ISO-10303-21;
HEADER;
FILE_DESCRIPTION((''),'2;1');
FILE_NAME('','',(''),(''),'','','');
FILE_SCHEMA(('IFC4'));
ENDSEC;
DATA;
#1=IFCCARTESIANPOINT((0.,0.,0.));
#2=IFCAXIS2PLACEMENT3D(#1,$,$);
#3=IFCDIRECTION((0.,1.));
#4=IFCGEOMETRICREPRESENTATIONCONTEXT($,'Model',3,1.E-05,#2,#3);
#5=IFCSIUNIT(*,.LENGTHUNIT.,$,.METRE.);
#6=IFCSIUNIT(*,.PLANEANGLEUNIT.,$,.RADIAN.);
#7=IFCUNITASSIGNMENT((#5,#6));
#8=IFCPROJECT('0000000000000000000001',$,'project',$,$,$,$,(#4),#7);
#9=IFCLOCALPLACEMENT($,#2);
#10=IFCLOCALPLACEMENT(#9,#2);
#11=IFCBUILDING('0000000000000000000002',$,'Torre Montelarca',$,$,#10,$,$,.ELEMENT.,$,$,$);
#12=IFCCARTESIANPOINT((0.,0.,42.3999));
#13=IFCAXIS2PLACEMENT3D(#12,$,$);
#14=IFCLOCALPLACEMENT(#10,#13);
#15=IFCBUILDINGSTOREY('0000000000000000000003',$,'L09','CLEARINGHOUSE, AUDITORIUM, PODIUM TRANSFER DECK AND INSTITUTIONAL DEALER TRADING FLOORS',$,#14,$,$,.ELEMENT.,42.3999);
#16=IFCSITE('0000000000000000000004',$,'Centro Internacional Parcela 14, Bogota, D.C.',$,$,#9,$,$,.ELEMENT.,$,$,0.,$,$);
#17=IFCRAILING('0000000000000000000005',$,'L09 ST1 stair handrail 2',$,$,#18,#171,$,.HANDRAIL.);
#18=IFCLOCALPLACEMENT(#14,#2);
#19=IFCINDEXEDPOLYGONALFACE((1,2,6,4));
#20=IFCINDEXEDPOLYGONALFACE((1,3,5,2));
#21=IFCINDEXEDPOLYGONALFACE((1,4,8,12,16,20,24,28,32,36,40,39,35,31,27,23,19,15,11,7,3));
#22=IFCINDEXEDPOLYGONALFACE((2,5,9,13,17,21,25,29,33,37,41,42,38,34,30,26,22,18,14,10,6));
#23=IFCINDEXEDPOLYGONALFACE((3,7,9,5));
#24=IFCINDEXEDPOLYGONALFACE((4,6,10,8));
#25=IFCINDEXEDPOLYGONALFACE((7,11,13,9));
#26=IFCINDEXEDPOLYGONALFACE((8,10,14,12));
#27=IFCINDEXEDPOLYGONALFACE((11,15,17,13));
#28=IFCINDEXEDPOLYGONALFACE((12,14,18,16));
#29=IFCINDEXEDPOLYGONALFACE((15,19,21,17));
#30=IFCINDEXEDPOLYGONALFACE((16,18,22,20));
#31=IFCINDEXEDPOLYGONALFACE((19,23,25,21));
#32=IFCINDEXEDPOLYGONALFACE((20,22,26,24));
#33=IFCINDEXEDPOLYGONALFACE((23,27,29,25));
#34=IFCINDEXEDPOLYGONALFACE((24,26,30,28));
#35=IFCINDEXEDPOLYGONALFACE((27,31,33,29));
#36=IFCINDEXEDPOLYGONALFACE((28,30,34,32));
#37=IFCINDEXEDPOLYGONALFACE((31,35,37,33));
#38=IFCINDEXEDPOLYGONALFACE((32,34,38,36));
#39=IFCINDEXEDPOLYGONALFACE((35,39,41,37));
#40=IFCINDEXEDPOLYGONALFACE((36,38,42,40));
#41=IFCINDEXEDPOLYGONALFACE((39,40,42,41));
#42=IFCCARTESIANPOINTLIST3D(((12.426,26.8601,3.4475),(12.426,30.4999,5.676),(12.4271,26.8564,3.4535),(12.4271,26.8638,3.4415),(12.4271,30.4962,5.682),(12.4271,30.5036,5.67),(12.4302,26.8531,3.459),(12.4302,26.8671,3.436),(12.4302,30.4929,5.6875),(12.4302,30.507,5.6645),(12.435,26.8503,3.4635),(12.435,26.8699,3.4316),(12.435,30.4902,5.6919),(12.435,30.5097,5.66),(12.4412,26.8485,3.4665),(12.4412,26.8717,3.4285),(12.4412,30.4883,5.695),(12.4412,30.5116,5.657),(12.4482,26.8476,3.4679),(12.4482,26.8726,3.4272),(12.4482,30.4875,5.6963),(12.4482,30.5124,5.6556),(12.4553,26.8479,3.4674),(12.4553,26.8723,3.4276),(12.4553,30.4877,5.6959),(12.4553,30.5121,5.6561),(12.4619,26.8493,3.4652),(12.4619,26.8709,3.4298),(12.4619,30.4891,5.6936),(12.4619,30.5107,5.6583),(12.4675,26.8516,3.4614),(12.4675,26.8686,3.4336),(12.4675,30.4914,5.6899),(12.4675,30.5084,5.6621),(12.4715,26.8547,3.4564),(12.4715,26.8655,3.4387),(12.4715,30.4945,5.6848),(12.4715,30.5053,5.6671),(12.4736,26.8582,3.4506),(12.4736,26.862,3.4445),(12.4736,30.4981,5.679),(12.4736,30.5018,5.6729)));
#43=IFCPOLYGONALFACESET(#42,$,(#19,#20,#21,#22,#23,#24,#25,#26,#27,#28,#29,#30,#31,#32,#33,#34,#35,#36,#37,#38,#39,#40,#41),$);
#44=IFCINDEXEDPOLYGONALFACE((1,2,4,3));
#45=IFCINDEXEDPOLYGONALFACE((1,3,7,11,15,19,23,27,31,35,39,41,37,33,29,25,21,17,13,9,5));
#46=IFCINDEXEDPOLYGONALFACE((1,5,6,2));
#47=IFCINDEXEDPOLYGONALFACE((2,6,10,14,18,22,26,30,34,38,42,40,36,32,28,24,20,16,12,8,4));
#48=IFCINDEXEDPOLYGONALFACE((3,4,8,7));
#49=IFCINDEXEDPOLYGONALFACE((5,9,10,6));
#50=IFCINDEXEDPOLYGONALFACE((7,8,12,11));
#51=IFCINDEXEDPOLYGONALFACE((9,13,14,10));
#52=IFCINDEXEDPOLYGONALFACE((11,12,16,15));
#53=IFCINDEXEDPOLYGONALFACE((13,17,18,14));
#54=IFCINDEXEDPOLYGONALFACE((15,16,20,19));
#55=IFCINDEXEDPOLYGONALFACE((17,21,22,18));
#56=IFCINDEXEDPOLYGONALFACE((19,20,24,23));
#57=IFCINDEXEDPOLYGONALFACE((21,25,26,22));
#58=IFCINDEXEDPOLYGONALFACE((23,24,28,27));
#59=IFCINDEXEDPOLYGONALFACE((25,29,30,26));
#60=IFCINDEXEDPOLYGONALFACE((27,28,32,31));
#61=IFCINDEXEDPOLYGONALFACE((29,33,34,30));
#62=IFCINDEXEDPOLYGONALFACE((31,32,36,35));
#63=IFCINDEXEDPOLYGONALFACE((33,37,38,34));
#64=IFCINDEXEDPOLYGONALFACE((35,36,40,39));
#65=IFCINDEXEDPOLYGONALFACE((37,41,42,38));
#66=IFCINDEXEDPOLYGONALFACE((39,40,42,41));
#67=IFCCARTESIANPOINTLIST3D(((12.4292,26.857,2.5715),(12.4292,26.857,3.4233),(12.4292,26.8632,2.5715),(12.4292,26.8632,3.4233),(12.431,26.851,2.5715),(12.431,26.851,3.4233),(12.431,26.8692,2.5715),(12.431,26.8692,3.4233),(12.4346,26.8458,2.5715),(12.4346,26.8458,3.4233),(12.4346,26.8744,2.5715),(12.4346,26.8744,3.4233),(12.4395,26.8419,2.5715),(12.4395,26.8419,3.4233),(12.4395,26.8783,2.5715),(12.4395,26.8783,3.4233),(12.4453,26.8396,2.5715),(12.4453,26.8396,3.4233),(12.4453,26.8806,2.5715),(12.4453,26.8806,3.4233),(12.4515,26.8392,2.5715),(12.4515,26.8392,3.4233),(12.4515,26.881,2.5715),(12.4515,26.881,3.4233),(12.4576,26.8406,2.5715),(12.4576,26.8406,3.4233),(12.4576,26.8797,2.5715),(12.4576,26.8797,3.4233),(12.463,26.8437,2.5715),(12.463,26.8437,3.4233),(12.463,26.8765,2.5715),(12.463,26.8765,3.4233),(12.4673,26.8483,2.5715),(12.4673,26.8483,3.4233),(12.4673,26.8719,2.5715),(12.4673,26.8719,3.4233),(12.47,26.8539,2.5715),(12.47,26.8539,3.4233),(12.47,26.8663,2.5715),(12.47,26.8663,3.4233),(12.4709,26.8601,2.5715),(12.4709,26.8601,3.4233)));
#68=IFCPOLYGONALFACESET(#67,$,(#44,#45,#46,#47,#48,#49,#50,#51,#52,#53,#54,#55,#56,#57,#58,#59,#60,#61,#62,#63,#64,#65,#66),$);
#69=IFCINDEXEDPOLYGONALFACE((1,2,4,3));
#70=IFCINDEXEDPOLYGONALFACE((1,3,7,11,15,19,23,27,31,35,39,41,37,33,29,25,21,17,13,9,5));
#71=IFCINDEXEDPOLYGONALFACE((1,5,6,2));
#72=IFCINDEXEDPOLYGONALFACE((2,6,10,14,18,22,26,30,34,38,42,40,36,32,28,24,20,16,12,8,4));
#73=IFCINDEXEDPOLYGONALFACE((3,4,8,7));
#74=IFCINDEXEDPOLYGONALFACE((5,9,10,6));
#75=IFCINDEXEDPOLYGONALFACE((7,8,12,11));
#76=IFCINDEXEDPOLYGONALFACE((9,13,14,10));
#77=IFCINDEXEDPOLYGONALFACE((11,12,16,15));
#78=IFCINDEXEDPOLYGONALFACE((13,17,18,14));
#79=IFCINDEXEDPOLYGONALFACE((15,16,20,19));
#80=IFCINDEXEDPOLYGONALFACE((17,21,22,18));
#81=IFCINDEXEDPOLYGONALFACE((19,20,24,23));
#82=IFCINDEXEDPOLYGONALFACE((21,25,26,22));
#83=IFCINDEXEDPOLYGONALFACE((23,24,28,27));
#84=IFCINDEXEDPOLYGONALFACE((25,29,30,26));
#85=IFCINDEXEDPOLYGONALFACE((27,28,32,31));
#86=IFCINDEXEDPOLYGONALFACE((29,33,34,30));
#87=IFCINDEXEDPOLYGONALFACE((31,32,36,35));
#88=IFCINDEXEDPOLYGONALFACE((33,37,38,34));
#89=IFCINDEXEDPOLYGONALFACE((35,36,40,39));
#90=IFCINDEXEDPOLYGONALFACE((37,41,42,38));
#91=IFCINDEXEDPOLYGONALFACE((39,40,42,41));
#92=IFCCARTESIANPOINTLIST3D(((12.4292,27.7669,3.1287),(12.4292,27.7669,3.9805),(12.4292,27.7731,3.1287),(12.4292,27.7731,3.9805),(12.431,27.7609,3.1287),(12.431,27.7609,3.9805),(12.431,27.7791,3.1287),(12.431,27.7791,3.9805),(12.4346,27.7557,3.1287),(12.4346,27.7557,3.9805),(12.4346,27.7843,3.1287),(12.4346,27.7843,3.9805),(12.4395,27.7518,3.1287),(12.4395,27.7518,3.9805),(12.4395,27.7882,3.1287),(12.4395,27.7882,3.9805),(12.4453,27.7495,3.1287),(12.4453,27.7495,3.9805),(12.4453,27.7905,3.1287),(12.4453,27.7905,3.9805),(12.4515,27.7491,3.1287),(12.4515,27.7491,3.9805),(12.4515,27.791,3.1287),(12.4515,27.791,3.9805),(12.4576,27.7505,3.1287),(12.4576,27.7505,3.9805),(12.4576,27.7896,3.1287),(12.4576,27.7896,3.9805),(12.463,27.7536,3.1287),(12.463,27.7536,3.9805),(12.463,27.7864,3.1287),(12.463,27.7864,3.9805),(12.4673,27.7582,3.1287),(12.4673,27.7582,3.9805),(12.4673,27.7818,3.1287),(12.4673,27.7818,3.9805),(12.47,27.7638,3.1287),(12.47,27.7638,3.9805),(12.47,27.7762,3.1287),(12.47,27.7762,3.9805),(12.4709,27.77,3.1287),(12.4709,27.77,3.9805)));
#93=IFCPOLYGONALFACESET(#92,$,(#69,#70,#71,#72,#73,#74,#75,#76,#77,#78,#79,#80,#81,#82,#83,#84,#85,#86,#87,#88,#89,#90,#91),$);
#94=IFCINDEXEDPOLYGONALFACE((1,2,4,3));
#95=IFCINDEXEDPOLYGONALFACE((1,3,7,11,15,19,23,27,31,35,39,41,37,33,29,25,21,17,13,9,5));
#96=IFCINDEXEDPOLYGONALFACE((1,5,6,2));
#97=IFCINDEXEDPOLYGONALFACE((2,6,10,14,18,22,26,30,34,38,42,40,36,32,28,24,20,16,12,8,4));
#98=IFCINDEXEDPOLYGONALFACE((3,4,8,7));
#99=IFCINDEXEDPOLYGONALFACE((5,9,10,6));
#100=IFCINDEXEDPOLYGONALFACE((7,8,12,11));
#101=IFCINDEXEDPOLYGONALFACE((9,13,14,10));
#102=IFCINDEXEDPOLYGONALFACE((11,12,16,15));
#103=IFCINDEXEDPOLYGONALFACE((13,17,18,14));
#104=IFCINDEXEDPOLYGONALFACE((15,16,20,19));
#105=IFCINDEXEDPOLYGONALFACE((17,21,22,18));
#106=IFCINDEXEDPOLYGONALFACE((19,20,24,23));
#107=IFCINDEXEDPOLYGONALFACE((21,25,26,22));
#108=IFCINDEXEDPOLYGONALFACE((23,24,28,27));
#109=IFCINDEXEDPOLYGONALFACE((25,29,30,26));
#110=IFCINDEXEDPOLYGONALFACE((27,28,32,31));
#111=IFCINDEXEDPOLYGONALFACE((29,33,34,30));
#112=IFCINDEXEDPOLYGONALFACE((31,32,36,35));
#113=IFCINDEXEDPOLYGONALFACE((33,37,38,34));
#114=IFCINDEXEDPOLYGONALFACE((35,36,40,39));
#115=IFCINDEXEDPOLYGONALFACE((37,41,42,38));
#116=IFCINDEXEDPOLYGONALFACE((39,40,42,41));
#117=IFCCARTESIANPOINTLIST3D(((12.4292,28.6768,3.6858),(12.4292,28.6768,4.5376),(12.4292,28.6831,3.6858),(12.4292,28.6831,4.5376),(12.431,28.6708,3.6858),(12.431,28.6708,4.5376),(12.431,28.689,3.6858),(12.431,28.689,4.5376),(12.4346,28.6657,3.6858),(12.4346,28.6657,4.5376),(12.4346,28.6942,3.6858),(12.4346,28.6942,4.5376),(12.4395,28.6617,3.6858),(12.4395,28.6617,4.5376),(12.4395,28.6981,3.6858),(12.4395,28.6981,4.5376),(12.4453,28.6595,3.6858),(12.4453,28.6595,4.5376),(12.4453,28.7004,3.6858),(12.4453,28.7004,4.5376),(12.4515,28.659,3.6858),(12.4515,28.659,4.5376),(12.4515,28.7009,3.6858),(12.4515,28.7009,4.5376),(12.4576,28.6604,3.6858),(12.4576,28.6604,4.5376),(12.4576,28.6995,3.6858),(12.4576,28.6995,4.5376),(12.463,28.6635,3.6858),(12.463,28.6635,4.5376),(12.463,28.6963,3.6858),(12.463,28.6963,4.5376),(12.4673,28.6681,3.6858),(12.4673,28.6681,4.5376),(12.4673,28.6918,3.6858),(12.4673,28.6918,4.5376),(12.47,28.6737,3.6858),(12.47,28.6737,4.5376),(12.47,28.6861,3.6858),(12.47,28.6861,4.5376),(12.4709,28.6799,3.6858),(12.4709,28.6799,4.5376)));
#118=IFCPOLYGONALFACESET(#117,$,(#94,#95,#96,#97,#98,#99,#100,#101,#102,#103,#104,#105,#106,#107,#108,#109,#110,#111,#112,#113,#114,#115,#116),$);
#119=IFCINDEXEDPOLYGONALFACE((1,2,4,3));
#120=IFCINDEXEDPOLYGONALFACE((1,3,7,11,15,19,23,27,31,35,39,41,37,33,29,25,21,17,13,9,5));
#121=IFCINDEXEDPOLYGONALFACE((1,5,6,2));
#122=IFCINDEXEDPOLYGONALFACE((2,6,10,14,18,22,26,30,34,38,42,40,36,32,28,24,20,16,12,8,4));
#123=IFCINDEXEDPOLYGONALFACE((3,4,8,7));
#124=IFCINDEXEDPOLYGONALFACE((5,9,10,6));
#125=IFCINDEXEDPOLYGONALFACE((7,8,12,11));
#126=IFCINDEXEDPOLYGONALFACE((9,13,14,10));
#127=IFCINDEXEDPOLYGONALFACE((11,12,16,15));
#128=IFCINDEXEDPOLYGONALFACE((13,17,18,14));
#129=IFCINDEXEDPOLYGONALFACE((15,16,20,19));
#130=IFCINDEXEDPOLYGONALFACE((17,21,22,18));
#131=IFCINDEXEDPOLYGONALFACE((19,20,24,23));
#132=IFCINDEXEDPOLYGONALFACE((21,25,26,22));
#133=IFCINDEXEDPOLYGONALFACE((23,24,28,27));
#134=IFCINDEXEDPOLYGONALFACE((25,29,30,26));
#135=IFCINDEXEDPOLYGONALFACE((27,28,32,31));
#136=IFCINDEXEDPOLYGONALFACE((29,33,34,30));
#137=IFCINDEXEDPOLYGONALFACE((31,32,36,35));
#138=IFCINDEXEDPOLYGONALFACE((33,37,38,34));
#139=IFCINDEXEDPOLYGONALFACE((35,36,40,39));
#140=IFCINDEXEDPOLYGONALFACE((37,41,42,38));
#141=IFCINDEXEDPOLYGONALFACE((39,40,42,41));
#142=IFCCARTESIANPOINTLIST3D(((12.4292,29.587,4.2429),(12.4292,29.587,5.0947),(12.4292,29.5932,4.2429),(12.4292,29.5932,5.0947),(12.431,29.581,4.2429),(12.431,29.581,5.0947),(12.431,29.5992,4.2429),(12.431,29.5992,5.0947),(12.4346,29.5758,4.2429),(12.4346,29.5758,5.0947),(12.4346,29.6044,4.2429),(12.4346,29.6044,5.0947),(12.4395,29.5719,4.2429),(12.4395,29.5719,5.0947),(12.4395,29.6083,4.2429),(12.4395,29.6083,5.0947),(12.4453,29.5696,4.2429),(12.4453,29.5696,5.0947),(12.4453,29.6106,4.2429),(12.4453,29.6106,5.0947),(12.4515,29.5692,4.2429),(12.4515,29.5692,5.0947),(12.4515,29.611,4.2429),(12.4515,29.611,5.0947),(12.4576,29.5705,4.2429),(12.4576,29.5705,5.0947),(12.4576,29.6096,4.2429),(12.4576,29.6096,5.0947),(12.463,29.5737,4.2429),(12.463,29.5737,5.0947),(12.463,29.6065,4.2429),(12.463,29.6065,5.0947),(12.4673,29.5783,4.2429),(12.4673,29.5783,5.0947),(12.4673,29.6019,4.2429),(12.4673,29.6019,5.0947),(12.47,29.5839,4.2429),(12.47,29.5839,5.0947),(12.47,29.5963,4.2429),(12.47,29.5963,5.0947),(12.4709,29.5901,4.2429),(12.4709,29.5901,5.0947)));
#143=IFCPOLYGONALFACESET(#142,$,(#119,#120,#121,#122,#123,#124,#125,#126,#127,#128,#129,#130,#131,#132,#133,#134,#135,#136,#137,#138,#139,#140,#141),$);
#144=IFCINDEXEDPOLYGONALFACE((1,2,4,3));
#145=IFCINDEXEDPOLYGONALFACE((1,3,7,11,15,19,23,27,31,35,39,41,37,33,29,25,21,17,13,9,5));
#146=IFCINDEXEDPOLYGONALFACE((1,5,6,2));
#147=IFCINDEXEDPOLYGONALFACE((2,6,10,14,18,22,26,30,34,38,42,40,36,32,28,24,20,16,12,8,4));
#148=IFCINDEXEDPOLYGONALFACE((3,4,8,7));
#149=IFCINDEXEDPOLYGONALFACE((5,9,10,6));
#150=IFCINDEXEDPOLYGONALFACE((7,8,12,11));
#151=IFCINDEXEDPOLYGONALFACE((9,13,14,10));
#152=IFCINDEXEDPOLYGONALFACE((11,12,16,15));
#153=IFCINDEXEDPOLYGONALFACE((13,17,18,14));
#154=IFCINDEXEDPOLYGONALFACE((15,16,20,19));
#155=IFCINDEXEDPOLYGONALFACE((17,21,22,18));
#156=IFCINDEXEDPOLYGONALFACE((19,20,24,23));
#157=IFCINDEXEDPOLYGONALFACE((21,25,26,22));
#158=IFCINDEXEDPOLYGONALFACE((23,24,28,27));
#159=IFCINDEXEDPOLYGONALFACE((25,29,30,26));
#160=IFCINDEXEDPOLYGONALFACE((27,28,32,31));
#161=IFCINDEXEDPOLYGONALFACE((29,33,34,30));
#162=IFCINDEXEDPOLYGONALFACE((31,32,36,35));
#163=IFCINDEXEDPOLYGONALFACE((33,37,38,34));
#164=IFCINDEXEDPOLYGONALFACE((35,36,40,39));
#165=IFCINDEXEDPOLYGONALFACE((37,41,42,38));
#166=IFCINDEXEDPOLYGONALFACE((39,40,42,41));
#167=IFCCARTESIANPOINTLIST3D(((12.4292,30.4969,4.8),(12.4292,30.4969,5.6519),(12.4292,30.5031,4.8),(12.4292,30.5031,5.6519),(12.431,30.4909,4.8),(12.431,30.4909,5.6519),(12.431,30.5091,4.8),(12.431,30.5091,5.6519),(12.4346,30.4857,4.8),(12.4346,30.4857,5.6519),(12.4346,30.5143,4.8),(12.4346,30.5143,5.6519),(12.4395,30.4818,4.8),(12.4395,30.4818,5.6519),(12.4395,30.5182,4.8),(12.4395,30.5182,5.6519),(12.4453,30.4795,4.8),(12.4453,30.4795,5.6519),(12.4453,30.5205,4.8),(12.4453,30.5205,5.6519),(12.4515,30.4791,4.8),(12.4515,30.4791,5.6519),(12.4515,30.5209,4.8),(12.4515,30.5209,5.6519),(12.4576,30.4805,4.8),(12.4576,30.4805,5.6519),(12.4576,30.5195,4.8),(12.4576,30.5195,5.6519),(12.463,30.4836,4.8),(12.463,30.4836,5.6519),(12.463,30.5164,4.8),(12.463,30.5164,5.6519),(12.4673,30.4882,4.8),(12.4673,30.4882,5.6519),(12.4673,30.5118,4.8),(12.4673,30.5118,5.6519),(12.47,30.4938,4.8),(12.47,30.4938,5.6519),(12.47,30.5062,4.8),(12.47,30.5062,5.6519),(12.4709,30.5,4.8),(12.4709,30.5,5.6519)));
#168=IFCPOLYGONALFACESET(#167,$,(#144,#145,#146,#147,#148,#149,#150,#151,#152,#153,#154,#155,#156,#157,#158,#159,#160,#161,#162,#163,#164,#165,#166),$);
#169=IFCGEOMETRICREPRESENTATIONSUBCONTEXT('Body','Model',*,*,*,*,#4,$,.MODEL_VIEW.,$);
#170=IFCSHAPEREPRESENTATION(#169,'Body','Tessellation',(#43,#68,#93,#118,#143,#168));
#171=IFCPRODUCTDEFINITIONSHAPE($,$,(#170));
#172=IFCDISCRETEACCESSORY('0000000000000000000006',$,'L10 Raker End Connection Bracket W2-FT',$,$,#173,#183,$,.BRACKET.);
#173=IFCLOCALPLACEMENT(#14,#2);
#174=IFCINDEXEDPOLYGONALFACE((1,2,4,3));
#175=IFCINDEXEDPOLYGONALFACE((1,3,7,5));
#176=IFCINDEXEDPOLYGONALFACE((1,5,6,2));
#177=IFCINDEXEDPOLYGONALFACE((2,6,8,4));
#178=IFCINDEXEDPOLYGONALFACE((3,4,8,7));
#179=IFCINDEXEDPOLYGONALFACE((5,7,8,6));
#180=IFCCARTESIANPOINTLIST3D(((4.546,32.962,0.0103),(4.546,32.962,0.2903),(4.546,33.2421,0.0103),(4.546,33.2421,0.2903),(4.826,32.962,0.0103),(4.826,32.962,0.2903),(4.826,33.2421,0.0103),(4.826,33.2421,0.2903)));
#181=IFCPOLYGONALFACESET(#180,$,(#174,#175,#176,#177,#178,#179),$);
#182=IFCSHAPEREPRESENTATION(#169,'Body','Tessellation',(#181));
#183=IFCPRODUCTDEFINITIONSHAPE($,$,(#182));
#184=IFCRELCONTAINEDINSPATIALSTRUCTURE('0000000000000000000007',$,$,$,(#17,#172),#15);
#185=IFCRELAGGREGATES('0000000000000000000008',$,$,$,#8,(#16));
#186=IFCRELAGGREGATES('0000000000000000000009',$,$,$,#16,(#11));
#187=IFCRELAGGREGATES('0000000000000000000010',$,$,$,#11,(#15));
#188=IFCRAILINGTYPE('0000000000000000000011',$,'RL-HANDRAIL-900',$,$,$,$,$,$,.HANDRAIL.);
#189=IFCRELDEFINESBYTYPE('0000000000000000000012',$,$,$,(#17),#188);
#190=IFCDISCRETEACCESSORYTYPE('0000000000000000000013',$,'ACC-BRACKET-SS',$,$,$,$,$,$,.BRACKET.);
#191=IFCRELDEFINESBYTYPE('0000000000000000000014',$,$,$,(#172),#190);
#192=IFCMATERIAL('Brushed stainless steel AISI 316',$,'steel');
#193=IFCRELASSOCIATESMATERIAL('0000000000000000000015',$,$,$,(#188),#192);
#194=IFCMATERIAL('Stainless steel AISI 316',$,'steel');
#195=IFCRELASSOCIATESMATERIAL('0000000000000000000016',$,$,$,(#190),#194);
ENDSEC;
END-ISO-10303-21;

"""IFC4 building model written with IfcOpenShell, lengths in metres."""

from ifc_helpers import new_model, si_unit, direction, frame, origin, origin_2d, place, context, subcontext, project, spatial, rectangle, circle, extrude, source, transform, mapped, material, type_object, element, save


model = new_model("IFC4")

# Units and contexts
model_context = context("Model", 3, precision=1e-05, world=origin(), true_north=direction((0.0, 1.0)))
body_context = subcontext(model_context, "Body", "Model", "MODEL_VIEW")
ifc_project = project(units=[si_unit("LENGTHUNIT", "METRE"), si_unit("PLANEANGLEUNIT", "RADIAN")], contexts=[model_context])

# Site, building, storey
site_placement = place(None, origin())
site = spatial("IfcSite", under=ifc_project, at=site_placement, Name="Centro Internacional Parcela 14, Bogota, D.C.", CompositionType="ELEMENT", RefElevation=0.0)
building_placement = place(site_placement, origin())
building = spatial("IfcBuilding", under=site, at=building_placement, Name="Torre Montelarca", CompositionType="ELEMENT")
storey_placement = place(building_placement, frame((0.0, 0.0, 42.3999)))
storey = spatial("IfcBuildingStorey", under=building, at=storey_placement, Name="L09", Description="CLEARINGHOUSE, AUDITORIUM, PODIUM TRANSFER DECK AND INSTITUTIONAL DEALER TRADING FLOORS", CompositionType="ELEMENT", Elevation=42.3999)

# Shared definitions
ifc_material_1 = material(Name="Brushed stainless steel AISI 316", Category="steel")

# Railing
railing_type_1 = type_object("IfcRailingType", Name="RL-HANDRAIL-900", PredefinedType="HANDRAIL", material=ifc_material_1)
railing_1_placement = place(storey_placement, frame((12.45, 26.8601, 2.5715)))
element("IfcRailing", 1, at=railing_1_placement, inside=storey, type_object=railing_type_1, Name="L09 ST1 stair handrail 2", PredefinedType="HANDRAIL", context=body_context, shape_type="SweptSolid", body=[
    extrude(circle(Radius=0.0239, at=origin_2d()), frame((0.0, 0.0, 0.876), z_axis=(0.0, 0.85285, 0.522156), x_axis=(-1.0, 0.0, 0.0)), (0.0, 0.0, 1.0), 4.2678),
    extrude(circle(Radius=0.021, at=origin_2d()), origin(), (0.0, 0.0, 1.0), 0.8518),
    extrude(circle(Radius=0.021, at=origin_2d()), frame((0.0, 0.9099, 0.5571)), (0.0, 0.0, 1.0), 0.8518),
    extrude(circle(Radius=0.021, at=origin_2d()), frame((0.0, 1.8198, 1.1143)), (0.0, 0.0, 1.0), 0.8518),
    extrude(circle(Radius=0.021, at=origin_2d()), frame((0.0, 2.73, 1.6714)), (0.0, 0.0, 1.0), 0.8518),
    extrude(circle(Radius=0.021, at=origin_2d()), frame((0.0, 3.6399, 2.2285)), (0.0, 0.0, 1.0), 0.8518),
])

# Discrete accessory
ifc_material_2 = material(Name="Stainless steel AISI 316", Category="steel")
discrete_accessory_type = type_object("IfcDiscreteAccessoryType", Name="ACC-BRACKET-SS", PredefinedType="BRACKET", material=ifc_material_2)
shared_shape_1 = source(origin(), body_context, "Body", "SweptSolid", [
    extrude(rectangle(XDim=0.28, YDim=0.28, at=origin_2d()), origin(), (0.0, 0.0, 1.0), 0.28),
])
discrete_accessory_placement = place(storey_placement, frame((4.686, 33.1021, 0.0103), z_axis=(0.0, 0.0, 1.0), x_axis=(1.0, 0.0, 0.0)))
element("IfcDiscreteAccessory", 2, at=discrete_accessory_placement, inside=storey, type_object=discrete_accessory_type, Name="L10 Raker End Connection Bracket W2-FT", PredefinedType="BRACKET", context=body_context, shape_type="MappedRepresentation", body=[
    mapped(shared_shape_1, transform((0.0, 0.0, 0.0), scale=1.0)),
])

save(model, "model.ifc")
